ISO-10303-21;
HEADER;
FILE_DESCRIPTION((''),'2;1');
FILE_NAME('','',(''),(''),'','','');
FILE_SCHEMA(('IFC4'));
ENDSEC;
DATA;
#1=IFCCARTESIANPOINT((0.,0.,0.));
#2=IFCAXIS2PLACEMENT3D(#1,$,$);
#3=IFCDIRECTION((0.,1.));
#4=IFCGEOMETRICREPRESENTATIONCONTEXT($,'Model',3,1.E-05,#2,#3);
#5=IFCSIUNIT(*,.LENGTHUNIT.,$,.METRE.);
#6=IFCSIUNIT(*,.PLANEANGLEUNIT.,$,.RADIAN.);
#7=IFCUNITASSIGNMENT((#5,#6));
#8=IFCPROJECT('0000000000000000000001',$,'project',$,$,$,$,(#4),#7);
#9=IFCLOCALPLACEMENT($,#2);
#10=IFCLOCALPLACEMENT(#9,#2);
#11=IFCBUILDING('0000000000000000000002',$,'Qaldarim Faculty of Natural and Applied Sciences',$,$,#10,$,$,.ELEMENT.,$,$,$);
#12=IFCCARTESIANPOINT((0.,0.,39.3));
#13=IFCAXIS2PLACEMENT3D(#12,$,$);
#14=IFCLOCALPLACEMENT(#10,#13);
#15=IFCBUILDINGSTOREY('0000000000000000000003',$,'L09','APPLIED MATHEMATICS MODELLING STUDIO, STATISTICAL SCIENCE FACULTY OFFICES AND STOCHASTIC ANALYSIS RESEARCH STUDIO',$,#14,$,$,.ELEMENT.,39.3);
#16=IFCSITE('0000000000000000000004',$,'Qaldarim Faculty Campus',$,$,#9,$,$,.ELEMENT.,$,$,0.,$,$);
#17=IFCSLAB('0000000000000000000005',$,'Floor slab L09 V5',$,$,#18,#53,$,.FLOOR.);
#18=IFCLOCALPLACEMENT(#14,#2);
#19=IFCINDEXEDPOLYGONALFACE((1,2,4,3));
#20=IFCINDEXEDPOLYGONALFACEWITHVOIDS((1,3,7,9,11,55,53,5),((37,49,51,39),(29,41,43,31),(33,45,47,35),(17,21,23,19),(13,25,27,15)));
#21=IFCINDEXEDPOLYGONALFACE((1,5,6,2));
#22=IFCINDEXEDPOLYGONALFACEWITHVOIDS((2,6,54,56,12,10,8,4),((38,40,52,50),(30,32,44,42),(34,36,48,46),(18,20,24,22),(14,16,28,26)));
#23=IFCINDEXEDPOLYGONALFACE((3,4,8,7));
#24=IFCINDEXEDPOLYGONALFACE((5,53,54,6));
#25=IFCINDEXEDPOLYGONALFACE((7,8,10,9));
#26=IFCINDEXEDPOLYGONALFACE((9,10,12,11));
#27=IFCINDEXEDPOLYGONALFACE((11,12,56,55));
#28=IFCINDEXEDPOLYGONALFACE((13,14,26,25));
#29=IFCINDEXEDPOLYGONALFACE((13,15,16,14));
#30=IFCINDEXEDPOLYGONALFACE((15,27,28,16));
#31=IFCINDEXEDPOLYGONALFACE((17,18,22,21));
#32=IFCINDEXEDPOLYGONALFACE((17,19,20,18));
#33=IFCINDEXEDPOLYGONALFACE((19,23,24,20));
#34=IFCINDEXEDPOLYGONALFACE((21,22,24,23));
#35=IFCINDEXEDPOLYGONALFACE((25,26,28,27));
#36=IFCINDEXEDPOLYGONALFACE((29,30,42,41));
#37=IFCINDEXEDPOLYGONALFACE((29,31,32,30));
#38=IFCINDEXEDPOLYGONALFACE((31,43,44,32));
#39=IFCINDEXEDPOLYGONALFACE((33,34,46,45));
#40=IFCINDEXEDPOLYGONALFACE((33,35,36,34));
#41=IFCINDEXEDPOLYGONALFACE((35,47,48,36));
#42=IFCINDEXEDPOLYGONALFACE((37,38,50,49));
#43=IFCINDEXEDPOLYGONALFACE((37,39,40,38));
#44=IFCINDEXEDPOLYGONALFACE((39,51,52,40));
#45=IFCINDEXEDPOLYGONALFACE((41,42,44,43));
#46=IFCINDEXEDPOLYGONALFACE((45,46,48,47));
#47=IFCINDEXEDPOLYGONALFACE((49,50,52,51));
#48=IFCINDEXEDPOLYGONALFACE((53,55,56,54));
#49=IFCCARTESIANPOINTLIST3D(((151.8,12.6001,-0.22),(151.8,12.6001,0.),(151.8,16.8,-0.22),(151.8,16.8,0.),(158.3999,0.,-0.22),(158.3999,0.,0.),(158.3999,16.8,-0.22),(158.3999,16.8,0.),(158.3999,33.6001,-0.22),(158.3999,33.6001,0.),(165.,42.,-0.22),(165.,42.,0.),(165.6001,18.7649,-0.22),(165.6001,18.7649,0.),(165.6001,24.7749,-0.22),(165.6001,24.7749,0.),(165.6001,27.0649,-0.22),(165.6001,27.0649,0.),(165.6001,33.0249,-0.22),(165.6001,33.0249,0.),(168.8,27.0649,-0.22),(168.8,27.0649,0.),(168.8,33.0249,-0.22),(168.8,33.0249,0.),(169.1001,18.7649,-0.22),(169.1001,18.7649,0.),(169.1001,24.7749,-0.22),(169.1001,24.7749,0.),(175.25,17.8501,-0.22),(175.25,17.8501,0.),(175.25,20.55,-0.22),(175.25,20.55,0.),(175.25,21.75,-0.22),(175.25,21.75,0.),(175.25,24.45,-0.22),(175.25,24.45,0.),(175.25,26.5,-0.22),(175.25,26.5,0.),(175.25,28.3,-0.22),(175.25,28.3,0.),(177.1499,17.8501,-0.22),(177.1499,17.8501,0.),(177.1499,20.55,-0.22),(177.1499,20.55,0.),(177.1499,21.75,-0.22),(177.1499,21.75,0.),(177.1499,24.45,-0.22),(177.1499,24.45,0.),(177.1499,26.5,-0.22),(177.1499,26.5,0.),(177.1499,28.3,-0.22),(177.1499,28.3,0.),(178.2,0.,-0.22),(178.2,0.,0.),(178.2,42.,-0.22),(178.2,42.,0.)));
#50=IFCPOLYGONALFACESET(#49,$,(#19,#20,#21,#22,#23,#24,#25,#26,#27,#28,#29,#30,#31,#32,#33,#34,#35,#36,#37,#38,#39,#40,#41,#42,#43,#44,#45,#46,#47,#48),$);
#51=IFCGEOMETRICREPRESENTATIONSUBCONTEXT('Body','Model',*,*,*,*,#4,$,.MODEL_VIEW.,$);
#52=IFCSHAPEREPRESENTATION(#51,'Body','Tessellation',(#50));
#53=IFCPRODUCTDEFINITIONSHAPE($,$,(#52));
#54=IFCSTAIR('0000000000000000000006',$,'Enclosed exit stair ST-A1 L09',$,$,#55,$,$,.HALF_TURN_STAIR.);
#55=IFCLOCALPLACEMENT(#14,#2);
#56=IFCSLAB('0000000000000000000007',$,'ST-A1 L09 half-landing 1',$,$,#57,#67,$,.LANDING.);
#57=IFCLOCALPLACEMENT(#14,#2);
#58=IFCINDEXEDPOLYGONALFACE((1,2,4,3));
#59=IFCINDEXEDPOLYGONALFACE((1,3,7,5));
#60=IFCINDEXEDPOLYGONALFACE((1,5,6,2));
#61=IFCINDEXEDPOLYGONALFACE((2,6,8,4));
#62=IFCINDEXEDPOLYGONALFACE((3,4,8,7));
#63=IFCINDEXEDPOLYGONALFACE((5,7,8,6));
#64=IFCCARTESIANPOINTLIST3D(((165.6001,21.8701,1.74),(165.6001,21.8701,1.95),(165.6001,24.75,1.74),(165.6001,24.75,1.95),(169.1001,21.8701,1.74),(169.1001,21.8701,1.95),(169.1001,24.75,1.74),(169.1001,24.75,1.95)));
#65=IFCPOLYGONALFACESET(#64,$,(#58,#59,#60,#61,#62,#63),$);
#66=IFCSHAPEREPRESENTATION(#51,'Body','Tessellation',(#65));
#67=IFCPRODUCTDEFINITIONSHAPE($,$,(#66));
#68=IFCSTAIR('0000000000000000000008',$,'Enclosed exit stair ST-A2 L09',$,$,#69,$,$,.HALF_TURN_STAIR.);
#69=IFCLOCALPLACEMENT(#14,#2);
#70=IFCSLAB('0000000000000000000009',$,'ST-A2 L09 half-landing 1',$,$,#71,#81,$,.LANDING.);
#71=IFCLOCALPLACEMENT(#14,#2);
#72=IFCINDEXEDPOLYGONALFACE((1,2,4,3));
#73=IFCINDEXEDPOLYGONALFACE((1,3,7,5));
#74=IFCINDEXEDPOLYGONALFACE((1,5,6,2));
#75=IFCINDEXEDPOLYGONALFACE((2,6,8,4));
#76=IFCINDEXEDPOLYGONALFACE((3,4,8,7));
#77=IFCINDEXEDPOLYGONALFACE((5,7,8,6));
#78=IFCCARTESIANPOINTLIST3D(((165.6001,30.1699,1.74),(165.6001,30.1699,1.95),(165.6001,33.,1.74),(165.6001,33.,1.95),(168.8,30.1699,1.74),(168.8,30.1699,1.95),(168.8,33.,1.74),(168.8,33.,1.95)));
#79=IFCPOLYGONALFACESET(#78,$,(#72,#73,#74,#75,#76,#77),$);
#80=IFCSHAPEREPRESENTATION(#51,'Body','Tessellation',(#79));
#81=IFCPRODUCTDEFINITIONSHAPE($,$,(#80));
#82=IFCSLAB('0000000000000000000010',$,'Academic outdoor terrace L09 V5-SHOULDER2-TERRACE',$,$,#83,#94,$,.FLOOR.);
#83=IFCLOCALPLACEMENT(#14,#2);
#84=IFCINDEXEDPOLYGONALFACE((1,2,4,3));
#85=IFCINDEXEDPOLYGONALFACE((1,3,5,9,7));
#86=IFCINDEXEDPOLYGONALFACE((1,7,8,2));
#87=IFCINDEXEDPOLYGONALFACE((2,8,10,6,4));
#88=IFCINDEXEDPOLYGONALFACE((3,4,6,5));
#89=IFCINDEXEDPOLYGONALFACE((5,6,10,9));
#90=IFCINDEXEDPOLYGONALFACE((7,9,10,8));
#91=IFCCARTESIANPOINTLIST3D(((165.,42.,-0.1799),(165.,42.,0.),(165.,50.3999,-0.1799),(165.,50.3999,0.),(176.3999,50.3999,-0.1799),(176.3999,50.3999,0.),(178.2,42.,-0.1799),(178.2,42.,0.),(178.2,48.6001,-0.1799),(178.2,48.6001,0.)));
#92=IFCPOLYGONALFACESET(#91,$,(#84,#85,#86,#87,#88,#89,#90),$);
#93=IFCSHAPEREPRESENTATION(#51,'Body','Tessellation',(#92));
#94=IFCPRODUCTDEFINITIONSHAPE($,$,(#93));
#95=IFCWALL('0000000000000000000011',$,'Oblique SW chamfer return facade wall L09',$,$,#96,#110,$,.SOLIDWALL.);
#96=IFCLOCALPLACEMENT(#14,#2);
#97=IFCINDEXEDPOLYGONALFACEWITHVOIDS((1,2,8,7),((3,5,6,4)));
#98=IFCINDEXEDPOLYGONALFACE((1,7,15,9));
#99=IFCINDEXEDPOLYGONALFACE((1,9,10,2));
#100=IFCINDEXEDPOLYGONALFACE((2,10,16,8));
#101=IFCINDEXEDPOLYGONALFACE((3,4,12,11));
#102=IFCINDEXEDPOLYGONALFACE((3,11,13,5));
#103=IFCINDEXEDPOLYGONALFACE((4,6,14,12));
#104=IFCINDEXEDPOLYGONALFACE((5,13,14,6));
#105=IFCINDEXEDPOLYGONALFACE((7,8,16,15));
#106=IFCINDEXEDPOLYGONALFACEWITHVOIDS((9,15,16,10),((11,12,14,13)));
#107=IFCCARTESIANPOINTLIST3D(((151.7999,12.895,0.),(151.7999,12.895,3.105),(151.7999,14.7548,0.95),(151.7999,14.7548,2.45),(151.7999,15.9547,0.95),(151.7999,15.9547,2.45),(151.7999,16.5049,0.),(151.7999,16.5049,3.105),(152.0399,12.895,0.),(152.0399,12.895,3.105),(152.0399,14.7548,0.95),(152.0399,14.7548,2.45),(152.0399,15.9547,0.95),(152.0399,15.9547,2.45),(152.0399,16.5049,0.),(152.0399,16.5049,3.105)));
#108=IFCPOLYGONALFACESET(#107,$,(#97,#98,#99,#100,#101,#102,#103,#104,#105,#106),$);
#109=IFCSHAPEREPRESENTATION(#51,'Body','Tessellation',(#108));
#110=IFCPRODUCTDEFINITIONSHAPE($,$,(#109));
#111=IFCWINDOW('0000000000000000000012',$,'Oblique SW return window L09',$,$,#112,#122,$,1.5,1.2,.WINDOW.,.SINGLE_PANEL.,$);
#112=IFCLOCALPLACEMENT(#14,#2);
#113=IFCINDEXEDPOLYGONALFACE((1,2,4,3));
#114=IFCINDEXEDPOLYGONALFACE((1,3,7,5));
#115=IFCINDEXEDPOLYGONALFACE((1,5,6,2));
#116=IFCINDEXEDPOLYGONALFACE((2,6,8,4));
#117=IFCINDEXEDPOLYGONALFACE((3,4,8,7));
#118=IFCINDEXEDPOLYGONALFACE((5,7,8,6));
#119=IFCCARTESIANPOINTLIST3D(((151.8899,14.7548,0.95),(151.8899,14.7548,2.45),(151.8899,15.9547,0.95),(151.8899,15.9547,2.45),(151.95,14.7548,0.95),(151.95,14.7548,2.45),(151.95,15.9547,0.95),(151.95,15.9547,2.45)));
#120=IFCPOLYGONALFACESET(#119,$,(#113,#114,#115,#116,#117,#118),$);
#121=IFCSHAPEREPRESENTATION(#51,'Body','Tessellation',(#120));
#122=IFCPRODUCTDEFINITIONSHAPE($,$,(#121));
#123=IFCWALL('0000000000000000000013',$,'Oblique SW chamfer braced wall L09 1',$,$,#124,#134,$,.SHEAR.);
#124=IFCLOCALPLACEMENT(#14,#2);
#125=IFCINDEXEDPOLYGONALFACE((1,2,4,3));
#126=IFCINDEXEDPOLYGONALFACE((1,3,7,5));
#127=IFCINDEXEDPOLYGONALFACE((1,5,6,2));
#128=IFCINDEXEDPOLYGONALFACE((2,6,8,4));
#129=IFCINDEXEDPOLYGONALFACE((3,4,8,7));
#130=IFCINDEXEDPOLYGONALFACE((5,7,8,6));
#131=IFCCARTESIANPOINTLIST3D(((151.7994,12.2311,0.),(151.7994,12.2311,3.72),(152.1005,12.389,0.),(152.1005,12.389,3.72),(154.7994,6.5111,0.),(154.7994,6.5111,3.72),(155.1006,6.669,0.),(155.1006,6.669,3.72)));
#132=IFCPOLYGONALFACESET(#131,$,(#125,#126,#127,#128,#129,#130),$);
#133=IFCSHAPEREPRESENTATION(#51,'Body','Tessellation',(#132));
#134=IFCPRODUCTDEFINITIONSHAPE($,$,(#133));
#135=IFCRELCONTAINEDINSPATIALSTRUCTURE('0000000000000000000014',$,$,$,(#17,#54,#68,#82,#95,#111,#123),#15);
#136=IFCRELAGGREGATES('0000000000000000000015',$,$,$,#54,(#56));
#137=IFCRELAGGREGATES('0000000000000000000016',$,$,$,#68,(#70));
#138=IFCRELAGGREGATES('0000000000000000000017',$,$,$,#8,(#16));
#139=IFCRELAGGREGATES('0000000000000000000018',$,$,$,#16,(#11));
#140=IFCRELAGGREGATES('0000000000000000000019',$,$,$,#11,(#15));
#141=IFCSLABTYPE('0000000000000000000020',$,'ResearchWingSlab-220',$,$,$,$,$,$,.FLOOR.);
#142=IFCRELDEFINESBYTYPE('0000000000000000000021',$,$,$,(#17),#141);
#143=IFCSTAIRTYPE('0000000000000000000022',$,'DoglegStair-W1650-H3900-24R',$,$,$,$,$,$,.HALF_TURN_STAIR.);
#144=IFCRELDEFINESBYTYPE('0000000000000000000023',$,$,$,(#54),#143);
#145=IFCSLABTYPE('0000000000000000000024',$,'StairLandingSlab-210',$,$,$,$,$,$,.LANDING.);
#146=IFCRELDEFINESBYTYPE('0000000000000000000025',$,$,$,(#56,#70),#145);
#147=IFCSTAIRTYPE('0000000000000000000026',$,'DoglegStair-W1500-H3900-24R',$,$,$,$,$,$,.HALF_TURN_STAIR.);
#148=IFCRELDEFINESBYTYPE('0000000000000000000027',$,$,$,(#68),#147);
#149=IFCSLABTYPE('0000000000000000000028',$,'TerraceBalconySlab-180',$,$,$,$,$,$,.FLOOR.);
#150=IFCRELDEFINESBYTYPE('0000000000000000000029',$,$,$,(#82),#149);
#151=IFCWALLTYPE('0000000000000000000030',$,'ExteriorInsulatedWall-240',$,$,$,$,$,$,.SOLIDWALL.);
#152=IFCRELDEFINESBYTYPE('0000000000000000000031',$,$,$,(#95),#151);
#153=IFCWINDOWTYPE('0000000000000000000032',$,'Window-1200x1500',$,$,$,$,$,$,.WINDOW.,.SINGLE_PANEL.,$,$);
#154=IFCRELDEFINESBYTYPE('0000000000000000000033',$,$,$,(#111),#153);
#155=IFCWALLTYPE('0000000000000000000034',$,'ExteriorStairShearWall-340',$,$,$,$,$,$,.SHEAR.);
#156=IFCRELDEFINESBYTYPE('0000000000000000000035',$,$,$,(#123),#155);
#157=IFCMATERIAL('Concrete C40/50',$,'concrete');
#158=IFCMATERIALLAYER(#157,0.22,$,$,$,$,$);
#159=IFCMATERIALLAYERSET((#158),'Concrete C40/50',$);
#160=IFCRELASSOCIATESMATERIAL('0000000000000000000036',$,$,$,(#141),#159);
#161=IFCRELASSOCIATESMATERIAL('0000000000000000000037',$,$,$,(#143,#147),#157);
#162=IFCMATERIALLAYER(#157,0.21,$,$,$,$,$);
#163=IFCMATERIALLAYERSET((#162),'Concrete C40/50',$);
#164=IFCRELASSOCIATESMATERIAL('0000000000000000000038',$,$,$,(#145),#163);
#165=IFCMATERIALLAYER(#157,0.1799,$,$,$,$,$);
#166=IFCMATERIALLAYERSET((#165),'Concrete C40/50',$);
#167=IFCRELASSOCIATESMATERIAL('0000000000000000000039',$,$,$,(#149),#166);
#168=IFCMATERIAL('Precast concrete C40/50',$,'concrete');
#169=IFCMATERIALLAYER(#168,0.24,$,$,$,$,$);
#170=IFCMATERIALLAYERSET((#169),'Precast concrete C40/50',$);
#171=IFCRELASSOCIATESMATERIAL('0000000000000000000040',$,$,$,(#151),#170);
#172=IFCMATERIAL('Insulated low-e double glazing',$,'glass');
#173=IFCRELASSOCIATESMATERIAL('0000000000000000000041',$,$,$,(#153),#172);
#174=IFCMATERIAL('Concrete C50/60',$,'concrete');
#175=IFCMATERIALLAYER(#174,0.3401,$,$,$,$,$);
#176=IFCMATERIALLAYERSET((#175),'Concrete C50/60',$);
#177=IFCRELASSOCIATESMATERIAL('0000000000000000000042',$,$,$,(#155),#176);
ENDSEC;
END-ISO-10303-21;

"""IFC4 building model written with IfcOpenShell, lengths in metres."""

from ifc_helpers import new_model, si_unit, direction, frame, frame_2d, origin, place, context, subcontext, project, spatial, polyline, rectangle, outline, extrude, material, layer, layer_set, type_object, element, fill, aggregate, save


model = new_model("IFC4")

# Units and contexts
model_context = context("Model", 3, precision=1e-05, world=origin(), true_north=direction((0.0, 1.0)))
body_context = subcontext(model_context, "Body", "Model", "MODEL_VIEW")
ifc_project = project(units=[si_unit("LENGTHUNIT", "METRE"), si_unit("PLANEANGLEUNIT", "RADIAN")], contexts=[model_context])

# Site, building, storey
site_placement = place(None, origin())
site = spatial("IfcSite", under=ifc_project, at=site_placement, Name="Qaldarim Faculty Campus", CompositionType="ELEMENT", RefElevation=0.0)
building_placement = place(site_placement, origin())
building = spatial("IfcBuilding", under=site, at=building_placement, Name="Qaldarim Faculty of Natural and Applied Sciences", CompositionType="ELEMENT")
storey_placement = place(building_placement, frame((0.0, 0.0, 39.3)))
storey = spatial("IfcBuildingStorey", under=building, at=storey_placement, Name="L09", Description="APPLIED MATHEMATICS MODELLING STUDIO, STATISTICAL SCIENCE FACULTY OFFICES AND STOCHASTIC ANALYSIS RESEARCH STUDIO", CompositionType="ELEMENT", Elevation=39.3)

# Shared definitions
ifc_material_1 = material(Name="Concrete C50/60", Category="concrete")

# Shared definitions
ifc_material_2 = material(Name="Concrete C40/50", Category="concrete")
ifc_material_3 = material(Name="Precast concrete C40/50", Category="concrete")

# Slab
ifc_layer_1 = layer(ifc_material_2, 0.22)
ifc_layer_set_1 = layer_set([ifc_layer_1], Name="Concrete C40/50")
slab_type_1 = type_object("IfcSlabType", Name="ResearchWingSlab-220", PredefinedType="FLOOR", material=ifc_layer_set_1)
slab_1_placement = place(storey_placement, frame((0.0, 0.0, -0.22)))
element("IfcSlab", 1, at=slab_1_placement, inside=storey, type_object=slab_type_1, Name="Floor slab L09 V5", PredefinedType="FLOOR", context=body_context, shape_type="SweptSolid", body=[
    extrude(outline(polyline([(158.3999, 0.0), (178.2, 0.0), (178.2, 42.0), (165.0, 42.0), (158.3999, 33.6001), (158.3999, 16.8), (151.8, 16.8), (151.8, 12.6001), (158.3999, 0.0)]), holes=[polyline([(169.1001, 18.7649), (169.1001, 24.7749), (165.6001, 24.7749), (165.6001, 18.7649), (169.1001, 18.7649)]), polyline([(168.8, 27.0649), (168.8, 33.0249), (165.6001, 33.0249), (165.6001, 27.0649), (168.8, 27.0649)]), polyline([(175.25, 17.8501), (177.1499, 17.8501), (177.1499, 20.55), (175.25, 20.55), (175.25, 17.8501)]), polyline([(175.25, 21.75), (177.1499, 21.75), (177.1499, 24.45), (175.25, 24.45), (175.25, 21.75)]), polyline([(175.25, 26.5), (177.1499, 26.5), (177.1499, 28.3), (175.25, 28.3), (175.25, 26.5)])]), origin(), (0.0, 0.0, 1.0), 0.22),
])

# Stairs, slabs
stair_type_1 = type_object("IfcStairType", Name="DoglegStair-W1650-H3900-24R", PredefinedType="HALF_TURN_STAIR", material=ifc_material_2)
stair_1_placement = place(storey_placement, origin())
stair_1 = element("IfcStair", 2, at=stair_1_placement, inside=storey, type_object=stair_type_1, Name="Enclosed exit stair ST-A1 L09", PredefinedType="HALF_TURN_STAIR")
ifc_layer_2 = layer(ifc_material_2, 0.21)
ifc_layer_set_2 = layer_set([ifc_layer_2], Name="Concrete C40/50")
slab_type_2 = type_object("IfcSlabType", Name="StairLandingSlab-210", PredefinedType="LANDING", material=ifc_layer_set_2)
slab_2_placement = place(storey_placement, frame((0.0, 0.0, 1.74)))
slab_2 = element("IfcSlab", 3, at=slab_2_placement, type_object=slab_type_2, Name="ST-A1 L09 half-landing 1", PredefinedType="LANDING", context=body_context, shape_type="SweptSolid", body=[
    extrude(outline(polyline([(169.1001, 21.8701), (169.1001, 24.75), (165.6001, 24.75), (165.6001, 21.8701), (169.1001, 21.8701)])), origin(), (0.0, 0.0, 1.0), 0.21),
])
aggregate(stair_1, [slab_2])
stair_type_2 = type_object("IfcStairType", Name="DoglegStair-W1500-H3900-24R", PredefinedType="HALF_TURN_STAIR", material=ifc_material_2)
stair_2_placement = place(storey_placement, origin())
stair_2 = element("IfcStair", 4, at=stair_2_placement, inside=storey, type_object=stair_type_2, Name="Enclosed exit stair ST-A2 L09", PredefinedType="HALF_TURN_STAIR")
slab_3_placement = place(storey_placement, frame((0.0, 0.0, 1.74)))
slab_3 = element("IfcSlab", 5, at=slab_3_placement, type_object=slab_type_2, Name="ST-A2 L09 half-landing 1", PredefinedType="LANDING", context=body_context, shape_type="SweptSolid", body=[
    extrude(outline(polyline([(168.8, 30.1699), (168.8, 33.0), (165.6001, 33.0), (165.6001, 30.1699), (168.8, 30.1699)])), origin(), (0.0, 0.0, 1.0), 0.21),
])
aggregate(stair_2, [slab_3])

# Slab
ifc_layer_3 = layer(ifc_material_2, 0.1799)
ifc_layer_set_3 = layer_set([ifc_layer_3], Name="Concrete C40/50")
slab_type_3 = type_object("IfcSlabType", Name="TerraceBalconySlab-180", PredefinedType="FLOOR", material=ifc_layer_set_3)
slab_4_placement = place(storey_placement, frame((0.0, 0.0, -0.1799)))
element("IfcSlab", 6, at=slab_4_placement, inside=storey, type_object=slab_type_3, Name="Academic outdoor terrace L09 V5-SHOULDER2-TERRACE", PredefinedType="FLOOR", context=body_context, shape_type="SweptSolid", body=[
    extrude(outline(polyline([(165.0, 42.0), (178.2, 42.0), (178.2, 48.6001), (176.3999, 50.3999), (165.0, 50.3999), (165.0, 42.0)])), origin(), (0.0, 0.0, 1.0), 0.1799),
])

# Wall, opening, window
ifc_layer_4 = layer(ifc_material_3, 0.24)
ifc_layer_set_4 = layer_set([ifc_layer_4], Name="Precast concrete C40/50")
wall_type_1 = type_object("IfcWallType", Name="ExteriorInsulatedWall-240", PredefinedType="SOLIDWALL", material=ifc_layer_set_4)
wall_1_placement = place(storey_placement, frame((151.9199, 16.5049, 0.0), z_axis=(0.0, 0.0, 1.0), x_axis=(0.0, -1.0, 0.0)))
wall_1 = element("IfcWall", 7, at=wall_1_placement, inside=storey, type_object=wall_type_1, Name="Oblique SW chamfer return facade wall L09", PredefinedType="SOLIDWALL", context=body_context, shape_type="SweptSolid", body=[
    extrude(rectangle(XDim=3.6099, YDim=0.24, at=frame_2d((1.8049, 0.0))), origin(), (0.0, 0.0, 1.0), 3.105),
])
opening_1_placement = place(wall_1_placement, frame((0.55, 0.0, 0.95)))
opening_1 = element("IfcOpeningElement", 8, at=opening_1_placement, cuts=wall_1, PredefinedType="OPENING", context=body_context, shape_type="SweptSolid", body=[
    extrude(rectangle(XDim=1.2, YDim=1.5, at=frame_2d((0.6001, 0.75))), frame((0.0, 0.1299, 0.0), z_axis=(0.0, -1.0, 0.0), x_axis=(1.0, 0.0, 0.0)), (0.0, 0.0, 1.0), 0.26),
])
ifc_material_4 = material(Name="Insulated low-e double glazing", Category="glass")
window_type = type_object("IfcWindowType", Name="Window-1200x1500", PartitioningType="SINGLE_PANEL", PredefinedType="WINDOW", material=ifc_material_4)
window_placement = place(opening_1_placement, origin())
window = element("IfcWindow", 9, at=window_placement, inside=storey, type_object=window_type, Name="Oblique SW return window L09", OverallHeight=1.5, OverallWidth=1.2, PartitioningType="SINGLE_PANEL", PredefinedType="WINDOW", context=body_context, shape_type="SweptSolid", body=[
    extrude(rectangle(XDim=1.2, YDim=1.5, at=frame_2d((0.6001, 0.75))), frame((0.0, 0.03, 0.0), z_axis=(0.0, -1.0, 0.0), x_axis=(1.0, 0.0, 0.0)), (0.0, 0.0, 1.0), 0.0601),
])
fill(opening_1, window)

# Wall
ifc_layer_5 = layer(ifc_material_1, 0.3401)
ifc_layer_set_5 = layer_set([ifc_layer_5], Name="Concrete C50/60")
wall_type_2 = type_object("IfcWallType", Name="ExteriorStairShearWall-340", PredefinedType="SHEAR", material=ifc_layer_set_5)
wall_2_placement = place(storey_placement, frame((151.95, 12.3101, 0.0), z_axis=(0.0, 0.0, 1.0), x_axis=(0.464472, -0.885588, 0.0)))
element("IfcWall", 10, at=wall_2_placement, inside=storey, type_object=wall_type_2, Name="Oblique SW chamfer braced wall L09 1", PredefinedType="SHEAR", context=body_context, shape_type="SweptSolid", body=[
    extrude(rectangle(XDim=6.459, YDim=0.3401, at=frame_2d((3.2295, 0.0))), origin(), (0.0, 0.0, 1.0), 3.72),
])

save(model, "model.ifc")
